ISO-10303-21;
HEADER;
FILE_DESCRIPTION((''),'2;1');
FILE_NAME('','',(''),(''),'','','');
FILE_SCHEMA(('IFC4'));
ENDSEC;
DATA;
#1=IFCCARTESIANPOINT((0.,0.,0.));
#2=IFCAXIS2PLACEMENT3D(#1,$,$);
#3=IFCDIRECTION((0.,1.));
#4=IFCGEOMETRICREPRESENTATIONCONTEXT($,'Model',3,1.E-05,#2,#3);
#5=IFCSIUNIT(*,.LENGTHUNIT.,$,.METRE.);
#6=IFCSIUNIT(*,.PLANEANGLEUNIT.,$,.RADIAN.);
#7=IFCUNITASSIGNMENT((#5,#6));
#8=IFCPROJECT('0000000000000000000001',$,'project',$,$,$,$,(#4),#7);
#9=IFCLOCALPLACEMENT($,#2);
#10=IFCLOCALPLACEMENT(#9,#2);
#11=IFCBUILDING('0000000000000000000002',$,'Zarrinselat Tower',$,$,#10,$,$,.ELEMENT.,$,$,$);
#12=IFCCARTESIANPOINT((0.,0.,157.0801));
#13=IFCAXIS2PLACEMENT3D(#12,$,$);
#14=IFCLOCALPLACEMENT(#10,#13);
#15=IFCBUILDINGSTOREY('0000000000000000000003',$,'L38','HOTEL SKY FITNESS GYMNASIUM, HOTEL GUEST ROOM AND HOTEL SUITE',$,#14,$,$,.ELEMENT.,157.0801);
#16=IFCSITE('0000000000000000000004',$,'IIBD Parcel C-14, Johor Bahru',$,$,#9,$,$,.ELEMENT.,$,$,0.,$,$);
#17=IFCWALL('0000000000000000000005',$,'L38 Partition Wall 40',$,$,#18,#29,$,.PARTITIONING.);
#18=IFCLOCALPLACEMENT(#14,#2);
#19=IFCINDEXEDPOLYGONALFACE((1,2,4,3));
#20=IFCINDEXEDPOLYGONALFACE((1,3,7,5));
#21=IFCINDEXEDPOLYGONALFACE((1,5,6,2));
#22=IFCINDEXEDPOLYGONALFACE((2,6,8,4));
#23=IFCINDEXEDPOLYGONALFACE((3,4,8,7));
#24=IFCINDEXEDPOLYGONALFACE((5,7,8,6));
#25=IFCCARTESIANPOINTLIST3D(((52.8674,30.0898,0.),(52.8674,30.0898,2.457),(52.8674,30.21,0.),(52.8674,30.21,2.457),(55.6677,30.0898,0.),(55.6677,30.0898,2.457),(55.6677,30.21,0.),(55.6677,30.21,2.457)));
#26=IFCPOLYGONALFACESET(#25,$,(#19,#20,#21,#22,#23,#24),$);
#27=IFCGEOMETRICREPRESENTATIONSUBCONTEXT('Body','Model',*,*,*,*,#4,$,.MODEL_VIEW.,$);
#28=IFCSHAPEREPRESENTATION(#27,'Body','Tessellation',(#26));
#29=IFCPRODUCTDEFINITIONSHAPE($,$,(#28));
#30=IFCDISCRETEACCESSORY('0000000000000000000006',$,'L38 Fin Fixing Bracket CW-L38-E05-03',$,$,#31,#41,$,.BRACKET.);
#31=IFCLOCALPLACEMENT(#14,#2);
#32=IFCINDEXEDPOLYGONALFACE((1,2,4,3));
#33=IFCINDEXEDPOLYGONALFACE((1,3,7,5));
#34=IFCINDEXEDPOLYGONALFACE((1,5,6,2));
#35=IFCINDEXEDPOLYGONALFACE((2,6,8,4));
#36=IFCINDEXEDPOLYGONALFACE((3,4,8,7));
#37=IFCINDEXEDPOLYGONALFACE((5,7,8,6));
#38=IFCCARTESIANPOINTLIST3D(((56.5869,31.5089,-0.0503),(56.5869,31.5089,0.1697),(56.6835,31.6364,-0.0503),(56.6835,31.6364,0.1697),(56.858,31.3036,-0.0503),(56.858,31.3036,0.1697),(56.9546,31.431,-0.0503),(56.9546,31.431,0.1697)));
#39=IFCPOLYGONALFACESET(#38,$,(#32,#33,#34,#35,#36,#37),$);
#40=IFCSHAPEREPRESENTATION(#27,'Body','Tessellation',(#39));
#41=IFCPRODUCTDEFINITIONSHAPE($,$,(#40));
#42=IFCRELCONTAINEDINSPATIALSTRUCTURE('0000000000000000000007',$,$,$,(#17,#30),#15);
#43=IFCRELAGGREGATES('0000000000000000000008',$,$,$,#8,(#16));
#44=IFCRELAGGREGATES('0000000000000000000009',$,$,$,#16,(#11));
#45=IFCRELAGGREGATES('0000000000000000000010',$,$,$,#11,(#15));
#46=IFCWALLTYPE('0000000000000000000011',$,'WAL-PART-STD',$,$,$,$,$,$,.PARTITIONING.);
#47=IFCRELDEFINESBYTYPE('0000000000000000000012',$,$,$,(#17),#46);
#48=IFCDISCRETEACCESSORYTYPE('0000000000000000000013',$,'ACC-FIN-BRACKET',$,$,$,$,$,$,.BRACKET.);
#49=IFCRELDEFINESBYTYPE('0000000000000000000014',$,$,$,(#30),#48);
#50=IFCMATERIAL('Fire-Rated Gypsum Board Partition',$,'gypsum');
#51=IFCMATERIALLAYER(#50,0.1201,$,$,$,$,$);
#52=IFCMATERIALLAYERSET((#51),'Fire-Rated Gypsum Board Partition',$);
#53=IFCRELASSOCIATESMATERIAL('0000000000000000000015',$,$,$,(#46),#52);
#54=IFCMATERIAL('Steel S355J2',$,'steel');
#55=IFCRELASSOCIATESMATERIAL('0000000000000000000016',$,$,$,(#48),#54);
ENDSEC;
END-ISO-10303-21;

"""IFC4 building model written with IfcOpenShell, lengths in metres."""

from ifc_helpers import new_model, si_unit, direction, frame, frame_2d, origin, origin_2d, place, context, subcontext, project, spatial, rectangle, extrude, material, layer, layer_set, type_object, element, save


model = new_model("IFC4")

# Units and contexts
model_context = context("Model", 3, precision=1e-05, world=origin(), true_north=direction((0.0, 1.0)))
body_context = subcontext(model_context, "Body", "Model", "MODEL_VIEW")
ifc_project = project(units=[si_unit("LENGTHUNIT", "METRE"), si_unit("PLANEANGLEUNIT", "RADIAN")], contexts=[model_context])

# Site, building, storey
site_placement = place(None, origin())
site = spatial("IfcSite", under=ifc_project, at=site_placement, Name="IIBD Parcel C-14, Johor Bahru", CompositionType="ELEMENT", RefElevation=0.0)
building_placement = place(site_placement, origin())
building = spatial("IfcBuilding", under=site, at=building_placement, Name="Zarrinselat Tower", CompositionType="ELEMENT")
storey_placement = place(building_placement, frame((0.0, 0.0, 157.0801)))
storey = spatial("IfcBuildingStorey", under=building, at=storey_placement, Name="L38", Description="HOTEL SKY FITNESS GYMNASIUM, HOTEL GUEST ROOM AND HOTEL SUITE", CompositionType="ELEMENT", Elevation=157.0801)

# Wall
ifc_material_1 = material(Name="Fire-Rated Gypsum Board Partition", Category="gypsum")
ifc_layer_1 = layer(ifc_material_1, 0.1201)
ifc_layer_set_1 = layer_set([ifc_layer_1], Name="Fire-Rated Gypsum Board Partition")
wall_type_1 = type_object("IfcWallType", Name="WAL-PART-STD", PredefinedType="PARTITIONING", material=ifc_layer_set_1)
wall_1_placement = place(storey_placement, frame((52.8674, 30.1499, 0.0), z_axis=(0.0, 0.0, 1.0), x_axis=(1.0, 0.0, 0.0)))
element("IfcWall", 1, at=wall_1_placement, inside=storey, type_object=wall_type_1, Name="L38 Partition Wall 40", PredefinedType="PARTITIONING", context=body_context, shape_type="SweptSolid", body=[
    extrude(rectangle(XDim=2.8003, YDim=0.1201, at=frame_2d((1.4001, 0.0))), origin(), (0.0, 0.0, 1.0), 2.457),
])

# Discrete accessory
ifc_material_2 = material(Name="Steel S355J2", Category="steel")
discrete_accessory_type = type_object("IfcDiscreteAccessoryType", Name="ACC-FIN-BRACKET", PredefinedType="BRACKET", material=ifc_material_2)
discrete_accessory_placement = place(storey_placement, frame((56.7708, 31.47, -0.0503), z_axis=(0.0, 0.0, 1.0), x_axis=(0.797092, -0.603859, 0.0)))
element("IfcDiscreteAccessory", 2, at=discrete_accessory_placement, inside=storey, type_object=discrete_accessory_type, Name="L38 Fin Fixing Bracket CW-L38-E05-03", PredefinedType="BRACKET", context=body_context, shape_type="SweptSolid", body=[
    extrude(rectangle(XDim=0.3401, YDim=0.1599, at=origin_2d()), origin(), (0.0, 0.0, 1.0), 0.22),
])

save(model, "model.ifc")
